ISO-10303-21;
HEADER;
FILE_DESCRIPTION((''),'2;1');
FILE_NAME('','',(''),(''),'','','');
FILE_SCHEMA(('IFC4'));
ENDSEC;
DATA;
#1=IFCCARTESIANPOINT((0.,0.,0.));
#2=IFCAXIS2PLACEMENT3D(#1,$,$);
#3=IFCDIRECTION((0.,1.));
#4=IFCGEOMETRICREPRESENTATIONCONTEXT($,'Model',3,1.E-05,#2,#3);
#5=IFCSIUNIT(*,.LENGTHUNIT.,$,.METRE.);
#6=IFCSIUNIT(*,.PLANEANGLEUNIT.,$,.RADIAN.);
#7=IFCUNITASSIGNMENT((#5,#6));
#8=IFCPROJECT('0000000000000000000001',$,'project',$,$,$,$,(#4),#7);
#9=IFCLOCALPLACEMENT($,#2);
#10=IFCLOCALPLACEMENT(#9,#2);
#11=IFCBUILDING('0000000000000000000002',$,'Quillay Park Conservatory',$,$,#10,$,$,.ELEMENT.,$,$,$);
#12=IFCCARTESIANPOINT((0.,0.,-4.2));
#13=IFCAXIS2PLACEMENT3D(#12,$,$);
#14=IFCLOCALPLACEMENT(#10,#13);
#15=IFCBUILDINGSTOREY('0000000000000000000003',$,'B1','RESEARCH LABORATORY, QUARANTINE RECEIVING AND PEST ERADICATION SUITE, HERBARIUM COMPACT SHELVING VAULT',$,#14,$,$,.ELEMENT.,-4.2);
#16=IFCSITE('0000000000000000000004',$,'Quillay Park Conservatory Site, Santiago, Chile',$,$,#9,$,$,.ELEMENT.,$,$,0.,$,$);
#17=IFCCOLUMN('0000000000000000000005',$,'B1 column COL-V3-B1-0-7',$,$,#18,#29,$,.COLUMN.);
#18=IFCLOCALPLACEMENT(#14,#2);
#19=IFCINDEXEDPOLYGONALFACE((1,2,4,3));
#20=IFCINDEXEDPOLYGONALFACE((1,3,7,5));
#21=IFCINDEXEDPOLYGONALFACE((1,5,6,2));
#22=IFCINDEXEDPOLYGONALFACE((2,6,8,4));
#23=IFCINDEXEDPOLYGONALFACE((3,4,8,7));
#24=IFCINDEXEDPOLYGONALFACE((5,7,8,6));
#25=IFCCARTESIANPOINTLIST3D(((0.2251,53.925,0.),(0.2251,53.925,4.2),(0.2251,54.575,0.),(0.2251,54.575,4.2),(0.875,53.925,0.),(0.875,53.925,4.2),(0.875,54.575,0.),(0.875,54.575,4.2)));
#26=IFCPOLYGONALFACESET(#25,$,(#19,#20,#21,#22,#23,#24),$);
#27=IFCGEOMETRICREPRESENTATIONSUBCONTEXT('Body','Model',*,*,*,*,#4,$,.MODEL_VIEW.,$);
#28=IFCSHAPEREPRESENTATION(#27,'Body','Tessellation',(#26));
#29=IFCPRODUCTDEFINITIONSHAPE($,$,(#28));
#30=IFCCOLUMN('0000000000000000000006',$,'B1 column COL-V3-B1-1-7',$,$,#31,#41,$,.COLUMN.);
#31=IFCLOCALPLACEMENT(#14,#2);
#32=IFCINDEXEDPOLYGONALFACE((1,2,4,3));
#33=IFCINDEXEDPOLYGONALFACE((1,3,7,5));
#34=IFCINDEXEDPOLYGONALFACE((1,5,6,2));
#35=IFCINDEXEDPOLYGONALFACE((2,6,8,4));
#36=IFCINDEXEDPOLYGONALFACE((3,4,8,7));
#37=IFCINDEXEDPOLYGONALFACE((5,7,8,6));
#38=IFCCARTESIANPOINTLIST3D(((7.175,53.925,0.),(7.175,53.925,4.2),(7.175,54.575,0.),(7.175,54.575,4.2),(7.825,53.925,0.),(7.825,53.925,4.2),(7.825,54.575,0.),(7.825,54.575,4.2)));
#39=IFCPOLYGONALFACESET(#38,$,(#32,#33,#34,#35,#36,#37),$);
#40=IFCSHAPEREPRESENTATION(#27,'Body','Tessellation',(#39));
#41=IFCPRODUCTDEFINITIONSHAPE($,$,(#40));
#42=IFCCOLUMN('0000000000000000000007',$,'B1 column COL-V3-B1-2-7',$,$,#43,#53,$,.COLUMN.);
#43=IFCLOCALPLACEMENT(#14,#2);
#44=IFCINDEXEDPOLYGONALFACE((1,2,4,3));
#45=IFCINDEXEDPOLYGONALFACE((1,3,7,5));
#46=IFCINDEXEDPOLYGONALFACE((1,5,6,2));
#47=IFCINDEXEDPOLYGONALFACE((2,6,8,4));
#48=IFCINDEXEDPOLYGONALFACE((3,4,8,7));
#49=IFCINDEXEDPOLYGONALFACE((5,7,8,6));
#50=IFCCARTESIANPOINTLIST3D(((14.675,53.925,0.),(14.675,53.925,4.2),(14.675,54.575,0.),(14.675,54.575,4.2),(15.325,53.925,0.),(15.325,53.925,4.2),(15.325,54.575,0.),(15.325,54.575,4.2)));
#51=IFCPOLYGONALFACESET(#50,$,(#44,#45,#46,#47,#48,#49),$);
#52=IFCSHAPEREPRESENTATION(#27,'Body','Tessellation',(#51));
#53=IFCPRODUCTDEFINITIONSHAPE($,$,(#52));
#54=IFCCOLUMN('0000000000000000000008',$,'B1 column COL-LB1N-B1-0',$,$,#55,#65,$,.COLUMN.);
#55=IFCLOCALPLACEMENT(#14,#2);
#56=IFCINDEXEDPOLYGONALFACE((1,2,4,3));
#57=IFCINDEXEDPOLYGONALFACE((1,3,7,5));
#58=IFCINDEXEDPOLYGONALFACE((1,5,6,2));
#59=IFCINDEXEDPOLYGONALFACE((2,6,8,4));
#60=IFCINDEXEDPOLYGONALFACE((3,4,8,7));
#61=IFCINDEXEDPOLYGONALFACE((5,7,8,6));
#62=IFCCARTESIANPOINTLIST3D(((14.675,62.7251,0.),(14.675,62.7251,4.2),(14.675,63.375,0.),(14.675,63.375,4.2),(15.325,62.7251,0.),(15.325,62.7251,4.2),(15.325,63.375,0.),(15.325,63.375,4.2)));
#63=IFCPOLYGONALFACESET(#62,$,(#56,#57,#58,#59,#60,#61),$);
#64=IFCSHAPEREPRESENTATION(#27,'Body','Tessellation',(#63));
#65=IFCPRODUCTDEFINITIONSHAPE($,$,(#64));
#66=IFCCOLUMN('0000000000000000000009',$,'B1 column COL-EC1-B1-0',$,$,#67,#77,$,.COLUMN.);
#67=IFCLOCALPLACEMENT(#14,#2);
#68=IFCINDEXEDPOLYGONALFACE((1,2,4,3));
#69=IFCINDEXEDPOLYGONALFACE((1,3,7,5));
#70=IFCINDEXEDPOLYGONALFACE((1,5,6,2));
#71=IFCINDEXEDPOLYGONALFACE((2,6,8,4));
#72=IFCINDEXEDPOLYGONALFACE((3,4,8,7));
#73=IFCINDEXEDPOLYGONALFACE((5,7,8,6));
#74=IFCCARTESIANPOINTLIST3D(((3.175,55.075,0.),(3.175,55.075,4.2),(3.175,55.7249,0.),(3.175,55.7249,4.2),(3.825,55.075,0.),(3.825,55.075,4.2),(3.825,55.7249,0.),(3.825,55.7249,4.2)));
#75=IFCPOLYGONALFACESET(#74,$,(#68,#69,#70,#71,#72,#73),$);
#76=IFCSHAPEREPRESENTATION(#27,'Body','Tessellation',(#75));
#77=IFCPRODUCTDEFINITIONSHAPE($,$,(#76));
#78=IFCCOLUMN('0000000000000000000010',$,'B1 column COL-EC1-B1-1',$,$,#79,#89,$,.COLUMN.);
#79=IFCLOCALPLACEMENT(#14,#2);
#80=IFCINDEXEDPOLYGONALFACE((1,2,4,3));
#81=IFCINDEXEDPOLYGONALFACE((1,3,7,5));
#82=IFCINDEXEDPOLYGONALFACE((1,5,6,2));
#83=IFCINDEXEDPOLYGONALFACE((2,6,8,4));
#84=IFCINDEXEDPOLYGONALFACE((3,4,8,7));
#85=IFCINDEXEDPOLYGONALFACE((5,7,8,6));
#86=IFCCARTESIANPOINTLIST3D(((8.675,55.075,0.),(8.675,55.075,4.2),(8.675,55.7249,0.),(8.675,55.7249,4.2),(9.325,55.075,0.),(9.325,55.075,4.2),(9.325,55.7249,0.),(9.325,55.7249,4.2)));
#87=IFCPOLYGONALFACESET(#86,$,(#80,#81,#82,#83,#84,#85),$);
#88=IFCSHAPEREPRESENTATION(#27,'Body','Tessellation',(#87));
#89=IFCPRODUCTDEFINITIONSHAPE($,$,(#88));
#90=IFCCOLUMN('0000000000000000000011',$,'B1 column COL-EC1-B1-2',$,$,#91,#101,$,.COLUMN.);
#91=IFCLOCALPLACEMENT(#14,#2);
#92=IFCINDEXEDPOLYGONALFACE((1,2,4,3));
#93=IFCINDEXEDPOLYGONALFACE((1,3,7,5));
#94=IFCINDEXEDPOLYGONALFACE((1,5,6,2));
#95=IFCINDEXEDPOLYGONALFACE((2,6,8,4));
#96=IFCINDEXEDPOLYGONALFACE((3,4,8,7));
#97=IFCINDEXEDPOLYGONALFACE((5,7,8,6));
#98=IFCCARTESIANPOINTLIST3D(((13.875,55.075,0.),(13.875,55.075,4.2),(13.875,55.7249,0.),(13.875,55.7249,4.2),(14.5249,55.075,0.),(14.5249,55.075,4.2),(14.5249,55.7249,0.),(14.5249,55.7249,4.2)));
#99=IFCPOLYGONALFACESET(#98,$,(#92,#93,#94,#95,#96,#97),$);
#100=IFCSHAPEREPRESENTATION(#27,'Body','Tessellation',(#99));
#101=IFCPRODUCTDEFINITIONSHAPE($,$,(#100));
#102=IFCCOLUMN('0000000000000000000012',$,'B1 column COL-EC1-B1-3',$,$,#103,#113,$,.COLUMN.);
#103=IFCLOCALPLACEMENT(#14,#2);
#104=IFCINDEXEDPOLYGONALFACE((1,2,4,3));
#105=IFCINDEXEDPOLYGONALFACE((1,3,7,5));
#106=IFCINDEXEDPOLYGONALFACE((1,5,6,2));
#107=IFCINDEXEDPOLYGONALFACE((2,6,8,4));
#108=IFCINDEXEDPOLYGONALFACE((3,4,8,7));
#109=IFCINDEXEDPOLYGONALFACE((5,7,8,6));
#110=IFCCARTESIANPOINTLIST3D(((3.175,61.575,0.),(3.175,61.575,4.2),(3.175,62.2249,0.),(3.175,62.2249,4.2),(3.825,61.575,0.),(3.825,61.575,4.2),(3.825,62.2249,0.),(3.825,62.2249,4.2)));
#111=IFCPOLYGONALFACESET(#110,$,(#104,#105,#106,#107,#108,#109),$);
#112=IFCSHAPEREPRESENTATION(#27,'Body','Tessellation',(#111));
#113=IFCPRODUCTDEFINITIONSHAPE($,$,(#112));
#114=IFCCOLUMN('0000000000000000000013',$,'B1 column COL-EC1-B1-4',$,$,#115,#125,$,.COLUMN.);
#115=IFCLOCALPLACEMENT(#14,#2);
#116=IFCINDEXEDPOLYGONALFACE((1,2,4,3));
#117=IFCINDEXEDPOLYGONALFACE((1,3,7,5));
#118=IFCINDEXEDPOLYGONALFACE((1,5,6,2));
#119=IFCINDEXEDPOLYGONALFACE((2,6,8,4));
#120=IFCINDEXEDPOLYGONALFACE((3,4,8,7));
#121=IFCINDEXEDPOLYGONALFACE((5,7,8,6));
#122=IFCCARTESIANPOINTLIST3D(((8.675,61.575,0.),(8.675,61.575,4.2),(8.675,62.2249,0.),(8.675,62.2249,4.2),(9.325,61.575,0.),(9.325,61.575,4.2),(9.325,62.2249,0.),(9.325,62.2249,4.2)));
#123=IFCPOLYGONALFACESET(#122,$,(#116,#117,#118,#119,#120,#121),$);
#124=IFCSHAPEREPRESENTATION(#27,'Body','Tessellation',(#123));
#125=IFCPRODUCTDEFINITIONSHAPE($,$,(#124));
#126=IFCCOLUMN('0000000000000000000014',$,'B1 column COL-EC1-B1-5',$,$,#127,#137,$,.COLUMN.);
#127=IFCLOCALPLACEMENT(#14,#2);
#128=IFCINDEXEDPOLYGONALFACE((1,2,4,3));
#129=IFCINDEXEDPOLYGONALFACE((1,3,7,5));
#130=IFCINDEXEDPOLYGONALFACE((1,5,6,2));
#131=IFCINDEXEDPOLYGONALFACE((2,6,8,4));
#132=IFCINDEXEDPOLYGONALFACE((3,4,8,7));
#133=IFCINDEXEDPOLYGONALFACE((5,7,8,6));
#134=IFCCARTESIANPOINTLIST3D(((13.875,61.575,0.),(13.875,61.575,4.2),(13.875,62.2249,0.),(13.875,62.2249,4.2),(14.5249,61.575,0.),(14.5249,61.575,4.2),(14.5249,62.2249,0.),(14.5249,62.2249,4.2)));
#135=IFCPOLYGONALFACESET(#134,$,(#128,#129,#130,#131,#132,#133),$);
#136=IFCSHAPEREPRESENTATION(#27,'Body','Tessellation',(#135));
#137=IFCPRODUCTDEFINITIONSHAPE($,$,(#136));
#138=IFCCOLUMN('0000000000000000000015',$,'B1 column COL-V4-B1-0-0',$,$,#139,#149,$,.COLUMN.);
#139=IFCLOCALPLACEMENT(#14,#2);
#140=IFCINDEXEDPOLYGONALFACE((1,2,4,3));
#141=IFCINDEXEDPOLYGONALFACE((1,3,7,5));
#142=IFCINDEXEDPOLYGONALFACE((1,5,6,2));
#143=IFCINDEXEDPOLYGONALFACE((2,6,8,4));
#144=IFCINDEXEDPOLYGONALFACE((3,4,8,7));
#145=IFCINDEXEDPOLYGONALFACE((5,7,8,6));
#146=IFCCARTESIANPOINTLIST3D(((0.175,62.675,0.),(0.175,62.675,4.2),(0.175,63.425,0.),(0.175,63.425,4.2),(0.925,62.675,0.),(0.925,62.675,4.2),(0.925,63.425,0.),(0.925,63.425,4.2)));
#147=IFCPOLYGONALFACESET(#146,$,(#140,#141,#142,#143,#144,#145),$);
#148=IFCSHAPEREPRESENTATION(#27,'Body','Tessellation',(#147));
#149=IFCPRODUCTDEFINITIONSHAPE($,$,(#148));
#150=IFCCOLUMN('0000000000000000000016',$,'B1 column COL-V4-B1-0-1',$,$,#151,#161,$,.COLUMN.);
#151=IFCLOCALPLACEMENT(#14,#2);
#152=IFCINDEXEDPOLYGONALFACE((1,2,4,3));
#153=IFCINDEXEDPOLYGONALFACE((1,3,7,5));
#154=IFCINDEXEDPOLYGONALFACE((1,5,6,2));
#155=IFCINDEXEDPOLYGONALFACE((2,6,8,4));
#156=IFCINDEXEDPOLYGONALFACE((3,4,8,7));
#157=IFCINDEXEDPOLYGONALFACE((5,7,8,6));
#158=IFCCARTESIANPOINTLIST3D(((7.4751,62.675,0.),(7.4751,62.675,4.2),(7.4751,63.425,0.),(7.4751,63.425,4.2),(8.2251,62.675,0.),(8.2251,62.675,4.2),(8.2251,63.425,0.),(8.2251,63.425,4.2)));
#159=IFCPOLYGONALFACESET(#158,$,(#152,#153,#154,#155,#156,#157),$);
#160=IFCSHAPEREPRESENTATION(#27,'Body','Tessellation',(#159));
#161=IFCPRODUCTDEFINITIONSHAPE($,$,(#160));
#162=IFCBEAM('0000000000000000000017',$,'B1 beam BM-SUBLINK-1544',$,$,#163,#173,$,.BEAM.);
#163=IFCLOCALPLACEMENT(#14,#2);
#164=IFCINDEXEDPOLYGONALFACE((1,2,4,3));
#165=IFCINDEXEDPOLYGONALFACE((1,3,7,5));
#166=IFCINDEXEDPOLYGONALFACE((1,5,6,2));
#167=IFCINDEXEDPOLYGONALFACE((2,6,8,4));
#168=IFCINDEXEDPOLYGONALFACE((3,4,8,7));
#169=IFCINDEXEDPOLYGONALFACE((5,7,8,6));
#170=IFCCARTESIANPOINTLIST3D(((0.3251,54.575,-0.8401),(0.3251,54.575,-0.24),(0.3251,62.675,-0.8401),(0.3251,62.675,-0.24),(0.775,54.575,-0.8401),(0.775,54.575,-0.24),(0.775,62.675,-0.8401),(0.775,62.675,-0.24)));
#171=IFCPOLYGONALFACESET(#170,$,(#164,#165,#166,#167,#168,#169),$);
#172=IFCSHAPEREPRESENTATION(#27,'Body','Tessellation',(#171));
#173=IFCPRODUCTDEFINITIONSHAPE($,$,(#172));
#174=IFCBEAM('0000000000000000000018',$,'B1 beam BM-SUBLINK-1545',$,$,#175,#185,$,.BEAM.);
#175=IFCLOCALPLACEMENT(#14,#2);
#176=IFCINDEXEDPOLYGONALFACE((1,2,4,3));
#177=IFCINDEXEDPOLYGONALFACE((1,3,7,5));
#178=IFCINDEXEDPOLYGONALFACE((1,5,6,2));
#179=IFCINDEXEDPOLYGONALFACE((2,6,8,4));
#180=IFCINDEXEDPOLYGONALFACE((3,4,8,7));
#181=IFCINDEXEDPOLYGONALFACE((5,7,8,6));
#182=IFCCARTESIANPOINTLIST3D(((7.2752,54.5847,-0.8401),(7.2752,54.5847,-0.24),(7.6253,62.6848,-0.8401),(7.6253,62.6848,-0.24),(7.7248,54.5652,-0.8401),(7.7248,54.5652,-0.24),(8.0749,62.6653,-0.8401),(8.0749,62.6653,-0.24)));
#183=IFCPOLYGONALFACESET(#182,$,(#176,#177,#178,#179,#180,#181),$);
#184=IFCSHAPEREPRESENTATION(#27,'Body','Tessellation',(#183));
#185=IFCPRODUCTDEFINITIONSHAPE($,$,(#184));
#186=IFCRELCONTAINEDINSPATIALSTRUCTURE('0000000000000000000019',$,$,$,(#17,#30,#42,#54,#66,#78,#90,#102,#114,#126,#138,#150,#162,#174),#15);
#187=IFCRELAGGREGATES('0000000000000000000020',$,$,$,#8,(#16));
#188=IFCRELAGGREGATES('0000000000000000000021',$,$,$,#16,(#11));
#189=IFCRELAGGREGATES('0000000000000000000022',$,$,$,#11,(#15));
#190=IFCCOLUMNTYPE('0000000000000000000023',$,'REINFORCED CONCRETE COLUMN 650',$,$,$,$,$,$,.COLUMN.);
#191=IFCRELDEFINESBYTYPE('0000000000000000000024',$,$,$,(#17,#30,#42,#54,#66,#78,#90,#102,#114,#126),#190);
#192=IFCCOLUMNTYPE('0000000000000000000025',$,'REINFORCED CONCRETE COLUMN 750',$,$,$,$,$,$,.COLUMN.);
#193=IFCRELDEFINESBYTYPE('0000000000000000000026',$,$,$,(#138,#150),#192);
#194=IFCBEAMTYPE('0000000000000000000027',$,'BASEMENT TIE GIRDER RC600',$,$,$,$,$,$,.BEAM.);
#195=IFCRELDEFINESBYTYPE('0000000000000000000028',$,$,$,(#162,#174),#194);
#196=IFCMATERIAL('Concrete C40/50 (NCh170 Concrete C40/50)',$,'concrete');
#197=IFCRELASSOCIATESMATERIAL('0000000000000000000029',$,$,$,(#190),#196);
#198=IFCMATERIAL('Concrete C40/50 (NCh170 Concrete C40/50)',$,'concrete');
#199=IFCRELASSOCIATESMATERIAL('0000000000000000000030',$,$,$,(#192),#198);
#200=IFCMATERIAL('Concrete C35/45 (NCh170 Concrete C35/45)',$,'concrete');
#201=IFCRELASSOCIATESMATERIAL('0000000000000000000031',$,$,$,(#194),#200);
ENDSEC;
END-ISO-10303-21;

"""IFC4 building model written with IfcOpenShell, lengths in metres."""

from ifc_helpers import new_model, si_unit, direction, frame, origin, origin_2d, place, context, subcontext, project, spatial, rectangle, extrude, material, material_profile, profile_set, type_object, element, save


model = new_model("IFC4")

# Units and contexts
model_context = context("Model", 3, precision=1e-05, world=origin(), true_north=direction((0.0, 1.0)))
body_context = subcontext(model_context, "Body", "Model", "MODEL_VIEW")
ifc_project = project(units=[si_unit("LENGTHUNIT", "METRE"), si_unit("PLANEANGLEUNIT", "RADIAN")], contexts=[model_context])

# Site, building, storey
site_placement = place(None, origin())
site = spatial("IfcSite", under=ifc_project, at=site_placement, Name="Quillay Park Conservatory Site, Santiago, Chile", CompositionType="ELEMENT", RefElevation=0.0)
building_placement = place(site_placement, origin())
building = spatial("IfcBuilding", under=site, at=building_placement, Name="Quillay Park Conservatory", CompositionType="ELEMENT")
storey_placement = place(building_placement, frame((0.0, 0.0, -4.2)))
storey = spatial("IfcBuildingStorey", under=building, at=storey_placement, Name="B1", Description="RESEARCH LABORATORY, QUARANTINE RECEIVING AND PEST ERADICATION SUITE, HERBARIUM COMPACT SHELVING VAULT", CompositionType="ELEMENT", Elevation=-4.2)

# Columns
ifc_material_1 = material(Name="Concrete C40/50 (NCh170 Concrete C40/50)", Category="concrete")
ifc_material_profile_1 = material_profile(ifc_material_1, rectangle(XDim=0.6499, YDim=0.6499, at=origin_2d()), Name="RC650x650")
ifc_profile_set_1 = profile_set([ifc_material_profile_1], Name="Concrete C40/50 (NCh170 Concrete C40/50)")
column_type_1 = type_object("IfcColumnType", Name="REINFORCED CONCRETE COLUMN 650", PredefinedType="COLUMN", material=ifc_profile_set_1)
for number, where, z_axis, x_axis, name in (
    (1, (0.55, 54.25, 0.0), (0.0, 0.0, 1.0), (1.0, 0.0, 0.0), "B1 column COL-V3-B1-0-7"),
    (2, (7.5, 54.25, 0.0), (0.0, 0.0, 1.0), (1.0, 0.0, 0.0), "B1 column COL-V3-B1-1-7"),
    (3, (15.0, 54.25, 0.0), (0.0, 0.0, 1.0), (1.0, 0.0, 0.0), "B1 column COL-V3-B1-2-7"),
    (4, (15.0, 63.05, 0.0), (0.0, 0.0, 1.0), (1.0, 0.0, 0.0), "B1 column COL-LB1N-B1-0"),
    (5, (3.5, 55.3999, 0.0), (0.0, 0.0, 1.0), (1.0, 0.0, 0.0), "B1 column COL-EC1-B1-0"),
    (6, (9.0, 55.3999, 0.0), (0.0, 0.0, 1.0), (1.0, 0.0, 0.0), "B1 column COL-EC1-B1-1"),
    (7, (14.2, 55.3999, 0.0), (0.0, 0.0, 1.0), (1.0, 0.0, 0.0), "B1 column COL-EC1-B1-2"),
    (8, (3.5, 61.8999, 0.0), (0.0, 0.0, 1.0), (1.0, 0.0, 0.0), "B1 column COL-EC1-B1-3"),
    (9, (9.0, 61.8999, 0.0), (0.0, 0.0, 1.0), (1.0, 0.0, 0.0), "B1 column COL-EC1-B1-4"),
    (10, (14.2, 61.8999, 0.0), (0.0, 0.0, 1.0), (1.0, 0.0, 0.0), "B1 column COL-EC1-B1-5"),
):
    element("IfcColumn", number, at=place(storey_placement, frame(where, z_axis=z_axis, x_axis=x_axis)), inside=storey, type_object=column_type_1, Name=name, PredefinedType="COLUMN", context=body_context, shape_type="SweptSolid", body=[
        extrude(rectangle(XDim=0.6499, YDim=0.6499, at=origin_2d()), origin(), (0.0, 0.0, 1.0), 4.2),
    ])
ifc_material_2 = material(Name="Concrete C40/50 (NCh170 Concrete C40/50)", Category="concrete")
ifc_material_profile_2 = material_profile(ifc_material_2, rectangle(XDim=0.75, YDim=0.75, at=origin_2d()), Name="RC750x750")
ifc_profile_set_2 = profile_set([ifc_material_profile_2], Name="Concrete C40/50 (NCh170 Concrete C40/50)")
column_type_2 = type_object("IfcColumnType", Name="REINFORCED CONCRETE COLUMN 750", PredefinedType="COLUMN", material=ifc_profile_set_2)
for number, where, z_axis, x_axis, name in (
    (11, (0.55, 63.05, 0.0), (0.0, 0.0, 1.0), (1.0, 0.0, 0.0), "B1 column COL-V4-B1-0-0"),
    (12, (7.8501, 63.05, 0.0), (0.0, 0.0, 1.0), (1.0, 0.0, 0.0), "B1 column COL-V4-B1-0-1"),
):
    element("IfcColumn", number, at=place(storey_placement, frame(where, z_axis=z_axis, x_axis=x_axis)), inside=storey, type_object=column_type_2, Name=name, PredefinedType="COLUMN", context=body_context, shape_type="SweptSolid", body=[
        extrude(rectangle(XDim=0.75, YDim=0.75, at=origin_2d()), origin(), (0.0, 0.0, 1.0), 4.2),
    ])

# Beams
ifc_material_3 = material(Name="Concrete C35/45 (NCh170 Concrete C35/45)", Category="concrete")
ifc_material_profile_3 = material_profile(ifc_material_3, rectangle(XDim=0.45, YDim=0.6001, at=origin_2d()), Name="RC600x450")
ifc_profile_set_3 = profile_set([ifc_material_profile_3], Name="Concrete C35/45 (NCh170 Concrete C35/45)")
beam_type_1 = type_object("IfcBeamType", Name="BASEMENT TIE GIRDER RC600", PredefinedType="BEAM", material=ifc_profile_set_3)
beam_1_placement = place(storey_placement, frame((0.55, 54.575, -0.54), z_axis=(0.0, 1.0, 0.0), x_axis=(-1.0, 0.0, 0.0)))
element("IfcBeam", 13, at=beam_1_placement, inside=storey, type_object=beam_type_1, Name="B1 beam BM-SUBLINK-1544", PredefinedType="BEAM", context=body_context, shape_type="SweptSolid", body=[
    extrude(rectangle(XDim=0.45, YDim=0.6001, at=origin_2d()), origin(), (0.0, 0.0, 1.0), 8.1001),
])
beam_2_placement = place(storey_placement, frame((7.5, 54.575, -0.54), z_axis=(0.043181, 0.999067, 0.0), x_axis=(-0.999067, 0.043181, 0.0)))
element("IfcBeam", 14, at=beam_2_placement, inside=storey, type_object=beam_type_1, Name="B1 beam BM-SUBLINK-1545", PredefinedType="BEAM", context=body_context, shape_type="SweptSolid", body=[
    extrude(rectangle(XDim=0.45, YDim=0.6001, at=origin_2d()), origin(), (0.0, 0.0, 1.0), 8.1077),
])

save(model, "model.ifc")
